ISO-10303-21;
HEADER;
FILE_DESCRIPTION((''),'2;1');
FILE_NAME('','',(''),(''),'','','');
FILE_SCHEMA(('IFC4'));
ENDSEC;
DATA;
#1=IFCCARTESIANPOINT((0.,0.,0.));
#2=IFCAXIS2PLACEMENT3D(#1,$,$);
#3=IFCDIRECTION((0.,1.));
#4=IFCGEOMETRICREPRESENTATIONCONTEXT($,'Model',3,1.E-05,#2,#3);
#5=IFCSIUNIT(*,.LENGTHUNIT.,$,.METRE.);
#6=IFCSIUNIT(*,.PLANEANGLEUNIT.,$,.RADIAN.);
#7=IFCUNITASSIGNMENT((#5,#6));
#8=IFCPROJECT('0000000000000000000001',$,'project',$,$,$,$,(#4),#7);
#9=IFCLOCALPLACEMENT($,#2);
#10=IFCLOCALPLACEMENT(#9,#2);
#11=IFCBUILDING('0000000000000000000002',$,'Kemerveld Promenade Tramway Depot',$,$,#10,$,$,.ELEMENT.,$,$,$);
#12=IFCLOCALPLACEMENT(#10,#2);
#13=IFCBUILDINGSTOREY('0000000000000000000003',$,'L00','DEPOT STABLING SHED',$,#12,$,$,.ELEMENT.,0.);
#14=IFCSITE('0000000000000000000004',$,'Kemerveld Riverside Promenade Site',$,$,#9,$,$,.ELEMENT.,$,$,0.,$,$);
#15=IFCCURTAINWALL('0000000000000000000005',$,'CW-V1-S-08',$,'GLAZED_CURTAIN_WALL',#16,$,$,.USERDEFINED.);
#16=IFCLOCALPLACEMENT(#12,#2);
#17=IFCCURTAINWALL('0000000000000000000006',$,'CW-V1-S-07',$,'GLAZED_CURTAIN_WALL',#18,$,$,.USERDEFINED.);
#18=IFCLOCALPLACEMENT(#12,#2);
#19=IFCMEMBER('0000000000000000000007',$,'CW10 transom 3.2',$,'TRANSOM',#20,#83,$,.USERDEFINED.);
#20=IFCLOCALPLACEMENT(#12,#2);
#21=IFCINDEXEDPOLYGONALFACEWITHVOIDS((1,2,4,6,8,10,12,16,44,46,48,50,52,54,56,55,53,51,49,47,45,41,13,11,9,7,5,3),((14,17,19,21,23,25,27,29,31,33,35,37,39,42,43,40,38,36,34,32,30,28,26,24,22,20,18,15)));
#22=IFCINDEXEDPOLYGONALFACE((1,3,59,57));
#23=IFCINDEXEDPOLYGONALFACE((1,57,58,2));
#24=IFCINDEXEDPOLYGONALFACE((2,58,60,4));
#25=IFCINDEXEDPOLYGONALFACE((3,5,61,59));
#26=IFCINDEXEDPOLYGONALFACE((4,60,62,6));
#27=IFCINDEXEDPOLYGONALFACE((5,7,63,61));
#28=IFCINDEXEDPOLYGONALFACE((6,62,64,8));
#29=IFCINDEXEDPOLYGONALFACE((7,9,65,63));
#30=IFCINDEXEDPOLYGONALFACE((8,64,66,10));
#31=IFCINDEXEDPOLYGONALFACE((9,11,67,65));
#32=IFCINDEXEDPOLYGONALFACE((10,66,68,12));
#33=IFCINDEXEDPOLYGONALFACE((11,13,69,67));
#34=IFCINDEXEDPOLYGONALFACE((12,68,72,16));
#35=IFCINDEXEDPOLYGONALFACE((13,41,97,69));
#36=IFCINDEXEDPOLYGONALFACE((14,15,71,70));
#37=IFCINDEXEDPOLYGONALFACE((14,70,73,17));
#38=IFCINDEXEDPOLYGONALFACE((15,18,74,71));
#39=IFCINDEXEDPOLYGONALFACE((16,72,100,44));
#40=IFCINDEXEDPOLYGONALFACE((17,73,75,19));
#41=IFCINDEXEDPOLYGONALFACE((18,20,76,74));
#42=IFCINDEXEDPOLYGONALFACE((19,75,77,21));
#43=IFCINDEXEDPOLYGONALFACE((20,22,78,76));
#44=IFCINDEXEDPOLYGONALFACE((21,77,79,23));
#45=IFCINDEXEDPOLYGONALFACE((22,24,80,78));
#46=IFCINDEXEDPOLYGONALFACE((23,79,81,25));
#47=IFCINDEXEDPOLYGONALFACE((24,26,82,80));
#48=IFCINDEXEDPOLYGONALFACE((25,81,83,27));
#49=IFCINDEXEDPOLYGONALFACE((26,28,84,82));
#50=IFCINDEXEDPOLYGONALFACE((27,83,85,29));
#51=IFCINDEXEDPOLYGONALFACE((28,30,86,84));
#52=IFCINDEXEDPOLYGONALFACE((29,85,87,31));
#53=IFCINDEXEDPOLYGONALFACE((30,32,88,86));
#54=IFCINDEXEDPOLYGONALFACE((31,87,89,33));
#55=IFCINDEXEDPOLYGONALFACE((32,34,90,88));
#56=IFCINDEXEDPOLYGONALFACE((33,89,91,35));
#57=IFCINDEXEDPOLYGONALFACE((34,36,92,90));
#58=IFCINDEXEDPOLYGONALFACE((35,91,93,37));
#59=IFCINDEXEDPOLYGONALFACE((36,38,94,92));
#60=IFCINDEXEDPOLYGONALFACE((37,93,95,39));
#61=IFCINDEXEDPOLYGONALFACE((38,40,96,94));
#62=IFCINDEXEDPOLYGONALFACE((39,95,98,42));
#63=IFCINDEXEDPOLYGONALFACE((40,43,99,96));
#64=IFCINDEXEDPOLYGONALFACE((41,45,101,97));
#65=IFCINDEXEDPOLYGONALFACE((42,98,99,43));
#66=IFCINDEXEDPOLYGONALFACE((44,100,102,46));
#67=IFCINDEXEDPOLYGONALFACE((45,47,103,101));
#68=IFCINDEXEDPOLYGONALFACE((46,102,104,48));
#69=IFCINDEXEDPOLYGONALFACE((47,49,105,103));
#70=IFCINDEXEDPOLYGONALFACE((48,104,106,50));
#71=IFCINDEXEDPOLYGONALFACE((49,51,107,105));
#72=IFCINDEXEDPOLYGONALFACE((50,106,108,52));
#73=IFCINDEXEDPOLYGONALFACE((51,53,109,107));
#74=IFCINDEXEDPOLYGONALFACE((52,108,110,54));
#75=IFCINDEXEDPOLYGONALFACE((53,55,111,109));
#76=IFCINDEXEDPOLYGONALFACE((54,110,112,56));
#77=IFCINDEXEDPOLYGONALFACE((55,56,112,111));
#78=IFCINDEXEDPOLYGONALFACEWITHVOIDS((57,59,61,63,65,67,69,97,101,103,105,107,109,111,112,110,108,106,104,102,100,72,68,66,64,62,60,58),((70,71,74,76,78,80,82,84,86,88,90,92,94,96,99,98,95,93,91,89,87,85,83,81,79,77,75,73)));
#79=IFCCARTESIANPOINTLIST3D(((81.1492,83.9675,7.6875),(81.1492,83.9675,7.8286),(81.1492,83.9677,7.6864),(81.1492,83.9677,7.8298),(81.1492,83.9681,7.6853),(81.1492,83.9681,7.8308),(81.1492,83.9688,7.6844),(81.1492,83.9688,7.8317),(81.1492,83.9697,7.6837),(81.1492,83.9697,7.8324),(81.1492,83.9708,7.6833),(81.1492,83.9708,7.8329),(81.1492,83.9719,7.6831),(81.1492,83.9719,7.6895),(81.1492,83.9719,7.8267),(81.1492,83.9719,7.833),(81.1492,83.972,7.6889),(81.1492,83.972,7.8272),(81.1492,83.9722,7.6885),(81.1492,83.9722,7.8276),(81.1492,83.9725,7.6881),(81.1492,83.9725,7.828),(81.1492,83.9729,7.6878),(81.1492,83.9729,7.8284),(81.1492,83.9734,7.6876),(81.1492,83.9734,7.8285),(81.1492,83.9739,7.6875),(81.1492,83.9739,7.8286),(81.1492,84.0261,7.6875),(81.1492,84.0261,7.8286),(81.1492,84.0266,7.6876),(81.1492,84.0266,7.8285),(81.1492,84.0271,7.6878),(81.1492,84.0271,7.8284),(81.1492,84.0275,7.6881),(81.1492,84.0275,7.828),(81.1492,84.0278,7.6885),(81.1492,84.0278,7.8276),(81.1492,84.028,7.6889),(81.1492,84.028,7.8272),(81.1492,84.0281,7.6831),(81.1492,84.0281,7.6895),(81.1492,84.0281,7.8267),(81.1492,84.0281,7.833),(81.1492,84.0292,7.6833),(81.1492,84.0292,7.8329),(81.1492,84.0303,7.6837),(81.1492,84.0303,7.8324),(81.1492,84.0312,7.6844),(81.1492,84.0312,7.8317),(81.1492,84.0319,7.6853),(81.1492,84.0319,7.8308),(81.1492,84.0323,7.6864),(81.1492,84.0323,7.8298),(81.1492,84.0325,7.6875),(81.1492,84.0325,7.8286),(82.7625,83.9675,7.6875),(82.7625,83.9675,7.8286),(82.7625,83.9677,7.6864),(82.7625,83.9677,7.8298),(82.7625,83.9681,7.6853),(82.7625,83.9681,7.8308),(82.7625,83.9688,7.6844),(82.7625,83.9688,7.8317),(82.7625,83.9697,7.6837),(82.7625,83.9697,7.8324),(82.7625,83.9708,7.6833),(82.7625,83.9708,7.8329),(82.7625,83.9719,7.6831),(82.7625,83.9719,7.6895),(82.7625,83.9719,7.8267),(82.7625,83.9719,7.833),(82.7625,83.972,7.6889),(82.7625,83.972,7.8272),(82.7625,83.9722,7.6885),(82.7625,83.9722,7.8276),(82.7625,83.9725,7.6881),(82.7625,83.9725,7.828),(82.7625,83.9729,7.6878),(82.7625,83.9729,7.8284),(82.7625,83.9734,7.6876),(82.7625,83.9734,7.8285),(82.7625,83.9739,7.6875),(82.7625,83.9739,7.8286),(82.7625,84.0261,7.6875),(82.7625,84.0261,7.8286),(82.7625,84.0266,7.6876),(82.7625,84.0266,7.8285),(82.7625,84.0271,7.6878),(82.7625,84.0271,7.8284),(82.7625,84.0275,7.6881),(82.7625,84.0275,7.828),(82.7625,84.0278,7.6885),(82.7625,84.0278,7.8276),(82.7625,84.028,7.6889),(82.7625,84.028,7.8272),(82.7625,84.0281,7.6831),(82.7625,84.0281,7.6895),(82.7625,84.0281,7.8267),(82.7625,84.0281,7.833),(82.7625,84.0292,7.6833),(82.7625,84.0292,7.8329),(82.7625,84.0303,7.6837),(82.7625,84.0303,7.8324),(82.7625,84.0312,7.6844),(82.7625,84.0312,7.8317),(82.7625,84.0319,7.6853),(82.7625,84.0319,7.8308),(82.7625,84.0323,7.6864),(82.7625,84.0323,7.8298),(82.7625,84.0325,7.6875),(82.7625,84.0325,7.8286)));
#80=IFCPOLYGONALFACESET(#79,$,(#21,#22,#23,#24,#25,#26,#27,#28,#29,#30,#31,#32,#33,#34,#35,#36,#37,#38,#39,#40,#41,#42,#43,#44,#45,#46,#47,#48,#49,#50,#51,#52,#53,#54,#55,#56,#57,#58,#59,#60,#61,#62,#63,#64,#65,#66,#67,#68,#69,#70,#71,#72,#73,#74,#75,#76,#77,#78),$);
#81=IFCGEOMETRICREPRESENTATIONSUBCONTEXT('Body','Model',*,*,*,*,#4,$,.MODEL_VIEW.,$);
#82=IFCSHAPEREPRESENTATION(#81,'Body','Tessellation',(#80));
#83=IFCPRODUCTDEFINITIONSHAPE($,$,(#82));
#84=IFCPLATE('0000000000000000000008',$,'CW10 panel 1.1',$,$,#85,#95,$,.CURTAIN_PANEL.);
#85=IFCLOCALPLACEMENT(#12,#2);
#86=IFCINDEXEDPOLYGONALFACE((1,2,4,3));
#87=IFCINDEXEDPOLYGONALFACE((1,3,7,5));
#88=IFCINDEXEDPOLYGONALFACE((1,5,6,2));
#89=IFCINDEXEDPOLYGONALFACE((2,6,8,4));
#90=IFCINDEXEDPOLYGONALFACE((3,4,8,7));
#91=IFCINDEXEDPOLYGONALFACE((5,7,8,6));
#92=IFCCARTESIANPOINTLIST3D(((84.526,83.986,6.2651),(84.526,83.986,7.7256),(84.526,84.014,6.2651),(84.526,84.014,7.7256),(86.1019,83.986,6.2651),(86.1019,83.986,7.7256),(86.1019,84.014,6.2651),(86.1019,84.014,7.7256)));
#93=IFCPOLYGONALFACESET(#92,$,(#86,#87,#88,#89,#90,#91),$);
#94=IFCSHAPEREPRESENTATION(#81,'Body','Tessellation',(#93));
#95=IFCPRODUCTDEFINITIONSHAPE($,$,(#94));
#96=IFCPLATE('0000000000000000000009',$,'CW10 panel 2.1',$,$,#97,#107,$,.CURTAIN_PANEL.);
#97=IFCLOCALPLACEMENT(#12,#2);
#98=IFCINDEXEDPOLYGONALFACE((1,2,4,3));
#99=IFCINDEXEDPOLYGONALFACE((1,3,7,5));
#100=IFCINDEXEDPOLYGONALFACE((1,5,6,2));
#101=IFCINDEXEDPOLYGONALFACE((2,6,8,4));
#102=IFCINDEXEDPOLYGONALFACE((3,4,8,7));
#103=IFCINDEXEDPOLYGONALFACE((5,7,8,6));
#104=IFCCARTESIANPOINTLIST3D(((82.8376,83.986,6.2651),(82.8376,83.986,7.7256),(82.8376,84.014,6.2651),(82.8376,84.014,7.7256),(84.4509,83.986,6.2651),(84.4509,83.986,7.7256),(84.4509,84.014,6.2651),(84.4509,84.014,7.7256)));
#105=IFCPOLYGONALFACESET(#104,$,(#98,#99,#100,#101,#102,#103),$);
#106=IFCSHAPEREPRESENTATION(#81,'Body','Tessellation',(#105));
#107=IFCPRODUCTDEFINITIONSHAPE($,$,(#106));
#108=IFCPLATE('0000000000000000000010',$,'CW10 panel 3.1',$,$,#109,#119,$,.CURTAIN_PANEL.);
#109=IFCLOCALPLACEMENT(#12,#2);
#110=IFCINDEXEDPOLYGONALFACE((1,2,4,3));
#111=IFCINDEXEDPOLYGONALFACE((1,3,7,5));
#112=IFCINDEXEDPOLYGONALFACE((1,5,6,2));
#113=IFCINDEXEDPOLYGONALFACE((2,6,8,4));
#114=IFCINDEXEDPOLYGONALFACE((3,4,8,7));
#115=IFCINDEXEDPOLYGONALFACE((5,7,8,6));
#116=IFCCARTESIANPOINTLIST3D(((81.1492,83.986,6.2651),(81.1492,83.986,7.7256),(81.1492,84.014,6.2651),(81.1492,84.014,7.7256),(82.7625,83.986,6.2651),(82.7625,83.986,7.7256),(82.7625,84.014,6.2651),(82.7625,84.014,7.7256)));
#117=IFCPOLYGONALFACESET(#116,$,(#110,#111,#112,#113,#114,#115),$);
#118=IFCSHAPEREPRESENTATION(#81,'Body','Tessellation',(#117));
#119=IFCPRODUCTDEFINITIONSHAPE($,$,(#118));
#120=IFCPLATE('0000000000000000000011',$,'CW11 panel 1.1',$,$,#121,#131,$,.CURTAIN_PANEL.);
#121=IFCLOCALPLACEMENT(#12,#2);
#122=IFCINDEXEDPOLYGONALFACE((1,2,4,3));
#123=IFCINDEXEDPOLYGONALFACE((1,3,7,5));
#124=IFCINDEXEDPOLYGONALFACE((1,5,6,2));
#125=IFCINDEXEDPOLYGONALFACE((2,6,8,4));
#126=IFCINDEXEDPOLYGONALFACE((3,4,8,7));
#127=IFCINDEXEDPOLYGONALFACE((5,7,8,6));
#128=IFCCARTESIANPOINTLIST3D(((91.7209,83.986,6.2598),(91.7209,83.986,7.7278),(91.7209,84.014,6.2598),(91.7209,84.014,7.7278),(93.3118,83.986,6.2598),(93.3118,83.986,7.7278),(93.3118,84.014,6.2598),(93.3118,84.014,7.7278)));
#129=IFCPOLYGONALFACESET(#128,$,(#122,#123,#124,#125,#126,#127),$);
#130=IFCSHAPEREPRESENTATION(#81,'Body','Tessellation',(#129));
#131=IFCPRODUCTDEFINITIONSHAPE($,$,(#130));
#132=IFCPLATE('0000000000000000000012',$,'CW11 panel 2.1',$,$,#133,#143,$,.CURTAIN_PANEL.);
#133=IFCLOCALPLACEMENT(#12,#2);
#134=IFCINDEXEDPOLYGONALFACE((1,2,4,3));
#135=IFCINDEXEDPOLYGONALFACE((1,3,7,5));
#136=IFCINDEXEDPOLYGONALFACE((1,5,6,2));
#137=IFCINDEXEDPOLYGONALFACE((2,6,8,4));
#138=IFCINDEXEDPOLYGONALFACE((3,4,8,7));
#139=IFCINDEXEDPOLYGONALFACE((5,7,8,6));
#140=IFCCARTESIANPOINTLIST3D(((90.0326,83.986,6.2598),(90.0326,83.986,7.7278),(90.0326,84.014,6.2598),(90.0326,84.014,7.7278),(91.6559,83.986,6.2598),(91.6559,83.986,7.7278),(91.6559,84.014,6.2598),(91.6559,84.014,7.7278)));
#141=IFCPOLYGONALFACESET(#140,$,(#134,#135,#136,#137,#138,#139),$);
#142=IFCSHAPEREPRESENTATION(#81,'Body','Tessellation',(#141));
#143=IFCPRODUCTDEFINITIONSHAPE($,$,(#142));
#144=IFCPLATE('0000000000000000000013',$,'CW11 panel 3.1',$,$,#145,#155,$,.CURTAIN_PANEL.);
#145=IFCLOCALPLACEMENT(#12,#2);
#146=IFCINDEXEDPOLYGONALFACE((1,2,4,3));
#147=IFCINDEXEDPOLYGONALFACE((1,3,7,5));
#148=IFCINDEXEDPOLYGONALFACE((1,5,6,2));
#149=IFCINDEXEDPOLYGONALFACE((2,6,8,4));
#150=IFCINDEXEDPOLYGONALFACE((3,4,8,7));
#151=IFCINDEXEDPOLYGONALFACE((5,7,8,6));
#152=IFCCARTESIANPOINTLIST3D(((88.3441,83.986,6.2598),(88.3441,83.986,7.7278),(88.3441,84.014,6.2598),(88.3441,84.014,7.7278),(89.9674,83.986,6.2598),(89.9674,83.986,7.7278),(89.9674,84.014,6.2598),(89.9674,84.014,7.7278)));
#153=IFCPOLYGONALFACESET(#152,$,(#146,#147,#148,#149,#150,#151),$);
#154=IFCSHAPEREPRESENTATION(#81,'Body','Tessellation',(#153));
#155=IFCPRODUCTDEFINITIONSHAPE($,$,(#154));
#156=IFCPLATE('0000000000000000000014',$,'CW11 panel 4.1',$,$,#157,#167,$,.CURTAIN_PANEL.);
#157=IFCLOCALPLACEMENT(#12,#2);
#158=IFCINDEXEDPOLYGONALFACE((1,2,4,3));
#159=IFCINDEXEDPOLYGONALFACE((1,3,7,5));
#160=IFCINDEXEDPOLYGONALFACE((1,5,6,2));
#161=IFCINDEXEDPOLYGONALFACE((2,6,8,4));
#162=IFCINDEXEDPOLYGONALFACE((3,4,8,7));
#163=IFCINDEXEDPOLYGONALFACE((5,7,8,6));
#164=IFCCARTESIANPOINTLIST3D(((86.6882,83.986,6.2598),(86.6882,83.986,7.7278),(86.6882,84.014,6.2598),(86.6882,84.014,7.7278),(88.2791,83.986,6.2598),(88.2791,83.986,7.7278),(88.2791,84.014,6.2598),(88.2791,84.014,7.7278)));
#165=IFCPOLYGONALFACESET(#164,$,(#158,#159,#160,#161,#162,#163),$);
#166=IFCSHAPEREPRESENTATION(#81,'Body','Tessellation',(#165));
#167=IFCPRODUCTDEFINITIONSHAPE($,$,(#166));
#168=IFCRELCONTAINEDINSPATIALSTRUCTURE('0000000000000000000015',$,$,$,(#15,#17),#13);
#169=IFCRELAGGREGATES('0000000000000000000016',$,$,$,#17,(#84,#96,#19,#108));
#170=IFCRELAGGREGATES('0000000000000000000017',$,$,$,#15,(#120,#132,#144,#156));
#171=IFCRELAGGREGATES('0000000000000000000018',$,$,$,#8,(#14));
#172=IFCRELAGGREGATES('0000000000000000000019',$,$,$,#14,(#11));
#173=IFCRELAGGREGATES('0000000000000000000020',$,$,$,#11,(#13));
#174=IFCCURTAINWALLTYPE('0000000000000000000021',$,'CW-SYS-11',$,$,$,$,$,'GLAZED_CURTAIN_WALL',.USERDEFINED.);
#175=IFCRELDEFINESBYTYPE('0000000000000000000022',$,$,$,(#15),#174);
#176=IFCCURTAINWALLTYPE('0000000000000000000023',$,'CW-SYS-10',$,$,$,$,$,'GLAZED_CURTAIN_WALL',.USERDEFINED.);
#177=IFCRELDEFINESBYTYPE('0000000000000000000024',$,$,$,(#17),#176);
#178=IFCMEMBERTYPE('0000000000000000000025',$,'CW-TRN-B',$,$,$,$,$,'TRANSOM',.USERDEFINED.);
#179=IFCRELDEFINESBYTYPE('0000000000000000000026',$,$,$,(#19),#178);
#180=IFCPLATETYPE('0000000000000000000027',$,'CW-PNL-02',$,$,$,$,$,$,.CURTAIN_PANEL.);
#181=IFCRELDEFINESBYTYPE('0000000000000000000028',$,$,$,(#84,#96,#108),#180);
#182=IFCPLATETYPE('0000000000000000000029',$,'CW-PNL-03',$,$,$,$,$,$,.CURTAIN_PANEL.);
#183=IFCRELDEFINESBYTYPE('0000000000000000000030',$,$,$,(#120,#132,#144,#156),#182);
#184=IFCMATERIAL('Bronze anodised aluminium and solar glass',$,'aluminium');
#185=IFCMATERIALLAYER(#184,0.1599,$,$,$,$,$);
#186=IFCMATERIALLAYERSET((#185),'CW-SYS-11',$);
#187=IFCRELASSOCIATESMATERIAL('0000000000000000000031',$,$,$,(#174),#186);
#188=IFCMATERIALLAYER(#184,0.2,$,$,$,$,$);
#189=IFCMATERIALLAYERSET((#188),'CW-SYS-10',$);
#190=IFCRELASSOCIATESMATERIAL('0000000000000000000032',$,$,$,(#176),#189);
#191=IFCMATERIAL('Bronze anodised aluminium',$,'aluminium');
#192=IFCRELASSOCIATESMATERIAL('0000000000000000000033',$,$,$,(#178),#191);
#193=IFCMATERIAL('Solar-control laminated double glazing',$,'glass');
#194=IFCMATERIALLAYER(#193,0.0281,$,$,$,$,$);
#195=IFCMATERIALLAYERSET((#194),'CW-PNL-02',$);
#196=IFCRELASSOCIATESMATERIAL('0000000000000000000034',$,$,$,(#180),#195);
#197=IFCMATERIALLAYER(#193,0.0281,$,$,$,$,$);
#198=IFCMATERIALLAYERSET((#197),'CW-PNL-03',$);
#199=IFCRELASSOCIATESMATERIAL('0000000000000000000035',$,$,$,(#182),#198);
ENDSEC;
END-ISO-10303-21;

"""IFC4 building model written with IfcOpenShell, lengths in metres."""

from ifc_helpers import new_model, si_unit, direction, frame, origin, origin_2d, place, context, subcontext, project, spatial, rectangle, hollow_rectangle, extrude, material, layer, layer_set, material_profile, profile_set, type_object, element, aggregate, save


model = new_model("IFC4")

# Units and contexts
model_context = context("Model", 3, precision=1e-05, world=origin(), true_north=direction((0.0, 1.0)))
body_context = subcontext(model_context, "Body", "Model", "MODEL_VIEW")
ifc_project = project(units=[si_unit("LENGTHUNIT", "METRE"), si_unit("PLANEANGLEUNIT", "RADIAN")], contexts=[model_context])

# Site, building, storey
site_placement = place(None, origin())
site = spatial("IfcSite", under=ifc_project, at=site_placement, Name="Kemerveld Riverside Promenade Site", CompositionType="ELEMENT", RefElevation=0.0)
building_placement = place(site_placement, origin())
building = spatial("IfcBuilding", under=site, at=building_placement, Name="Kemerveld Promenade Tramway Depot", CompositionType="ELEMENT")
storey_placement = place(building_placement, origin())
storey = spatial("IfcBuildingStorey", under=building, at=storey_placement, Name="L00", Description="DEPOT STABLING SHED", CompositionType="ELEMENT", Elevation=0.0)

# Curtain walls
ifc_material_1 = material(Name="Bronze anodised aluminium and solar glass", Category="aluminium")
ifc_layer_1 = layer(ifc_material_1, 0.1599)
ifc_layer_set_1 = layer_set([ifc_layer_1], Name="CW-SYS-11")
curtain_wall_type_1 = type_object("IfcCurtainWallType", Name="CW-SYS-11", ElementType="GLAZED_CURTAIN_WALL", PredefinedType="USERDEFINED", material=ifc_layer_set_1)
curtain_wall_1_placement = place(storey_placement, origin())
curtain_wall_1 = element("IfcCurtainWall", 1, at=curtain_wall_1_placement, inside=storey, type_object=curtain_wall_type_1, Name="CW-V1-S-08", ObjectType="GLAZED_CURTAIN_WALL", PredefinedType="USERDEFINED")
ifc_material_2 = material(Name="Bronze anodised aluminium", Category="aluminium")
ifc_layer_2 = layer(ifc_material_1, 0.2)
ifc_layer_set_2 = layer_set([ifc_layer_2], Name="CW-SYS-10")
curtain_wall_type_2 = type_object("IfcCurtainWallType", Name="CW-SYS-10", ElementType="GLAZED_CURTAIN_WALL", PredefinedType="USERDEFINED", material=ifc_layer_set_2)
curtain_wall_2_placement = place(storey_placement, origin())
curtain_wall_2 = element("IfcCurtainWall", 2, at=curtain_wall_2_placement, inside=storey, type_object=curtain_wall_type_2, Name="CW-V1-S-07", ObjectType="GLAZED_CURTAIN_WALL", PredefinedType="USERDEFINED")

# Member
ifc_material_profile_1 = material_profile(ifc_material_2, hollow_rectangle(XDim=0.0649, YDim=0.1499, WallThickness=0.0044, InnerFilletRadius=0.002, OuterFilletRadius=0.0044, at=origin_2d()), Name="CW-TRN-150x65")
ifc_profile_set_1 = profile_set([ifc_material_profile_1], Name="Bronze anodised aluminium")
member_type_1 = type_object("IfcMemberType", Name="CW-TRN-B", ElementType="TRANSOM", PredefinedType="USERDEFINED", material=ifc_profile_set_1)
member_1_placement = place(storey_placement, frame((82.7625, 84.0, 7.7581), z_axis=(-1.0, 0.0, 0.0), x_axis=(0.0, -1.0, 0.0)))
member_1 = element("IfcMember", 3, at=member_1_placement, type_object=member_type_1, Name="CW10 transom 3.2", ObjectType="TRANSOM", PredefinedType="USERDEFINED", context=body_context, shape_type="SweptSolid", body=[
    extrude(hollow_rectangle(XDim=0.0649, YDim=0.1499, WallThickness=0.0044, InnerFilletRadius=0.002, OuterFilletRadius=0.0044, at=origin_2d()), origin(), (0.0, 0.0, 1.0), 1.6133),
])

# Plates
ifc_material_3 = material(Name="Solar-control laminated double glazing", Category="glass")
ifc_layer_3 = layer(ifc_material_3, 0.0281)
ifc_layer_set_3 = layer_set([ifc_layer_3], Name="CW-PNL-02")
plate_type_1 = type_object("IfcPlateType", Name="CW-PNL-02", PredefinedType="CURTAIN_PANEL", material=ifc_layer_set_3)
plate_1_placement = place(storey_placement, frame((85.314, 84.0, 6.2651), z_axis=(0.0, 0.0, 1.0), x_axis=(-1.0, 0.0, 0.0)))
plate_1 = element("IfcPlate", 4, at=plate_1_placement, type_object=plate_type_1, Name="CW10 panel 1.1", PredefinedType="CURTAIN_PANEL", context=body_context, shape_type="SweptSolid", body=[
    extrude(rectangle(XDim=1.5759, YDim=0.0281, at=origin_2d()), origin(), (0.0, 0.0, 1.0), 1.4604),
])
plate_2_placement = place(storey_placement, frame((83.6443, 84.0, 6.2651), z_axis=(0.0, 0.0, 1.0), x_axis=(-1.0, 0.0, 0.0)))
plate_2 = element("IfcPlate", 5, at=plate_2_placement, type_object=plate_type_1, Name="CW10 panel 2.1", PredefinedType="CURTAIN_PANEL", context=body_context, shape_type="SweptSolid", body=[
    extrude(rectangle(XDim=1.6133, YDim=0.0281, at=origin_2d()), origin(), (0.0, 0.0, 1.0), 1.4604),
])
plate_3_placement = place(storey_placement, frame((81.9558, 84.0, 6.2651), z_axis=(0.0, 0.0, 1.0), x_axis=(-1.0, 0.0, 0.0)))
plate_3 = element("IfcPlate", 6, at=plate_3_placement, type_object=plate_type_1, Name="CW10 panel 3.1", PredefinedType="CURTAIN_PANEL", context=body_context, shape_type="SweptSolid", body=[
    extrude(rectangle(XDim=1.6133, YDim=0.0281, at=origin_2d()), origin(), (0.0, 0.0, 1.0), 1.4604),
])
aggregate(curtain_wall_2, [plate_1, plate_2, member_1, plate_3])
ifc_layer_4 = layer(ifc_material_3, 0.0281)
ifc_layer_set_4 = layer_set([ifc_layer_4], Name="CW-PNL-03")
plate_type_2 = type_object("IfcPlateType", Name="CW-PNL-03", PredefinedType="CURTAIN_PANEL", material=ifc_layer_set_4)
plate_4_placement = place(storey_placement, frame((92.5164, 84.0, 6.2598), z_axis=(0.0, 0.0, 1.0), x_axis=(-1.0, 0.0, 0.0)))
plate_4 = element("IfcPlate", 7, at=plate_4_placement, type_object=plate_type_2, Name="CW11 panel 1.1", PredefinedType="CURTAIN_PANEL", context=body_context, shape_type="SweptSolid", body=[
    extrude(rectangle(XDim=1.5908, YDim=0.0281, at=origin_2d()), origin(), (0.0, 0.0, 1.0), 1.468),
])
plate_5_placement = place(storey_placement, frame((90.8442, 84.0, 6.2598), z_axis=(0.0, 0.0, 1.0), x_axis=(-1.0, 0.0, 0.0)))
plate_5 = element("IfcPlate", 8, at=plate_5_placement, type_object=plate_type_2, Name="CW11 panel 2.1", PredefinedType="CURTAIN_PANEL", context=body_context, shape_type="SweptSolid", body=[
    extrude(rectangle(XDim=1.6233, YDim=0.0281, at=origin_2d()), origin(), (0.0, 0.0, 1.0), 1.468),
])
plate_6_placement = place(storey_placement, frame((89.1558, 84.0, 6.2598), z_axis=(0.0, 0.0, 1.0), x_axis=(-1.0, 0.0, 0.0)))
plate_6 = element("IfcPlate", 9, at=plate_6_placement, type_object=plate_type_2, Name="CW11 panel 3.1", PredefinedType="CURTAIN_PANEL", context=body_context, shape_type="SweptSolid", body=[
    extrude(rectangle(XDim=1.6233, YDim=0.0281, at=origin_2d()), origin(), (0.0, 0.0, 1.0), 1.468),
])
plate_7_placement = place(storey_placement, frame((87.4836, 84.0, 6.2598), z_axis=(0.0, 0.0, 1.0), x_axis=(-1.0, 0.0, 0.0)))
plate_7 = element("IfcPlate", 10, at=plate_7_placement, type_object=plate_type_2, Name="CW11 panel 4.1", PredefinedType="CURTAIN_PANEL", context=body_context, shape_type="SweptSolid", body=[
    extrude(rectangle(XDim=1.5908, YDim=0.0281, at=origin_2d()), origin(), (0.0, 0.0, 1.0), 1.468),
])
aggregate(curtain_wall_1, [plate_4, plate_5, plate_6, plate_7])

save(model, "model.ifc")
